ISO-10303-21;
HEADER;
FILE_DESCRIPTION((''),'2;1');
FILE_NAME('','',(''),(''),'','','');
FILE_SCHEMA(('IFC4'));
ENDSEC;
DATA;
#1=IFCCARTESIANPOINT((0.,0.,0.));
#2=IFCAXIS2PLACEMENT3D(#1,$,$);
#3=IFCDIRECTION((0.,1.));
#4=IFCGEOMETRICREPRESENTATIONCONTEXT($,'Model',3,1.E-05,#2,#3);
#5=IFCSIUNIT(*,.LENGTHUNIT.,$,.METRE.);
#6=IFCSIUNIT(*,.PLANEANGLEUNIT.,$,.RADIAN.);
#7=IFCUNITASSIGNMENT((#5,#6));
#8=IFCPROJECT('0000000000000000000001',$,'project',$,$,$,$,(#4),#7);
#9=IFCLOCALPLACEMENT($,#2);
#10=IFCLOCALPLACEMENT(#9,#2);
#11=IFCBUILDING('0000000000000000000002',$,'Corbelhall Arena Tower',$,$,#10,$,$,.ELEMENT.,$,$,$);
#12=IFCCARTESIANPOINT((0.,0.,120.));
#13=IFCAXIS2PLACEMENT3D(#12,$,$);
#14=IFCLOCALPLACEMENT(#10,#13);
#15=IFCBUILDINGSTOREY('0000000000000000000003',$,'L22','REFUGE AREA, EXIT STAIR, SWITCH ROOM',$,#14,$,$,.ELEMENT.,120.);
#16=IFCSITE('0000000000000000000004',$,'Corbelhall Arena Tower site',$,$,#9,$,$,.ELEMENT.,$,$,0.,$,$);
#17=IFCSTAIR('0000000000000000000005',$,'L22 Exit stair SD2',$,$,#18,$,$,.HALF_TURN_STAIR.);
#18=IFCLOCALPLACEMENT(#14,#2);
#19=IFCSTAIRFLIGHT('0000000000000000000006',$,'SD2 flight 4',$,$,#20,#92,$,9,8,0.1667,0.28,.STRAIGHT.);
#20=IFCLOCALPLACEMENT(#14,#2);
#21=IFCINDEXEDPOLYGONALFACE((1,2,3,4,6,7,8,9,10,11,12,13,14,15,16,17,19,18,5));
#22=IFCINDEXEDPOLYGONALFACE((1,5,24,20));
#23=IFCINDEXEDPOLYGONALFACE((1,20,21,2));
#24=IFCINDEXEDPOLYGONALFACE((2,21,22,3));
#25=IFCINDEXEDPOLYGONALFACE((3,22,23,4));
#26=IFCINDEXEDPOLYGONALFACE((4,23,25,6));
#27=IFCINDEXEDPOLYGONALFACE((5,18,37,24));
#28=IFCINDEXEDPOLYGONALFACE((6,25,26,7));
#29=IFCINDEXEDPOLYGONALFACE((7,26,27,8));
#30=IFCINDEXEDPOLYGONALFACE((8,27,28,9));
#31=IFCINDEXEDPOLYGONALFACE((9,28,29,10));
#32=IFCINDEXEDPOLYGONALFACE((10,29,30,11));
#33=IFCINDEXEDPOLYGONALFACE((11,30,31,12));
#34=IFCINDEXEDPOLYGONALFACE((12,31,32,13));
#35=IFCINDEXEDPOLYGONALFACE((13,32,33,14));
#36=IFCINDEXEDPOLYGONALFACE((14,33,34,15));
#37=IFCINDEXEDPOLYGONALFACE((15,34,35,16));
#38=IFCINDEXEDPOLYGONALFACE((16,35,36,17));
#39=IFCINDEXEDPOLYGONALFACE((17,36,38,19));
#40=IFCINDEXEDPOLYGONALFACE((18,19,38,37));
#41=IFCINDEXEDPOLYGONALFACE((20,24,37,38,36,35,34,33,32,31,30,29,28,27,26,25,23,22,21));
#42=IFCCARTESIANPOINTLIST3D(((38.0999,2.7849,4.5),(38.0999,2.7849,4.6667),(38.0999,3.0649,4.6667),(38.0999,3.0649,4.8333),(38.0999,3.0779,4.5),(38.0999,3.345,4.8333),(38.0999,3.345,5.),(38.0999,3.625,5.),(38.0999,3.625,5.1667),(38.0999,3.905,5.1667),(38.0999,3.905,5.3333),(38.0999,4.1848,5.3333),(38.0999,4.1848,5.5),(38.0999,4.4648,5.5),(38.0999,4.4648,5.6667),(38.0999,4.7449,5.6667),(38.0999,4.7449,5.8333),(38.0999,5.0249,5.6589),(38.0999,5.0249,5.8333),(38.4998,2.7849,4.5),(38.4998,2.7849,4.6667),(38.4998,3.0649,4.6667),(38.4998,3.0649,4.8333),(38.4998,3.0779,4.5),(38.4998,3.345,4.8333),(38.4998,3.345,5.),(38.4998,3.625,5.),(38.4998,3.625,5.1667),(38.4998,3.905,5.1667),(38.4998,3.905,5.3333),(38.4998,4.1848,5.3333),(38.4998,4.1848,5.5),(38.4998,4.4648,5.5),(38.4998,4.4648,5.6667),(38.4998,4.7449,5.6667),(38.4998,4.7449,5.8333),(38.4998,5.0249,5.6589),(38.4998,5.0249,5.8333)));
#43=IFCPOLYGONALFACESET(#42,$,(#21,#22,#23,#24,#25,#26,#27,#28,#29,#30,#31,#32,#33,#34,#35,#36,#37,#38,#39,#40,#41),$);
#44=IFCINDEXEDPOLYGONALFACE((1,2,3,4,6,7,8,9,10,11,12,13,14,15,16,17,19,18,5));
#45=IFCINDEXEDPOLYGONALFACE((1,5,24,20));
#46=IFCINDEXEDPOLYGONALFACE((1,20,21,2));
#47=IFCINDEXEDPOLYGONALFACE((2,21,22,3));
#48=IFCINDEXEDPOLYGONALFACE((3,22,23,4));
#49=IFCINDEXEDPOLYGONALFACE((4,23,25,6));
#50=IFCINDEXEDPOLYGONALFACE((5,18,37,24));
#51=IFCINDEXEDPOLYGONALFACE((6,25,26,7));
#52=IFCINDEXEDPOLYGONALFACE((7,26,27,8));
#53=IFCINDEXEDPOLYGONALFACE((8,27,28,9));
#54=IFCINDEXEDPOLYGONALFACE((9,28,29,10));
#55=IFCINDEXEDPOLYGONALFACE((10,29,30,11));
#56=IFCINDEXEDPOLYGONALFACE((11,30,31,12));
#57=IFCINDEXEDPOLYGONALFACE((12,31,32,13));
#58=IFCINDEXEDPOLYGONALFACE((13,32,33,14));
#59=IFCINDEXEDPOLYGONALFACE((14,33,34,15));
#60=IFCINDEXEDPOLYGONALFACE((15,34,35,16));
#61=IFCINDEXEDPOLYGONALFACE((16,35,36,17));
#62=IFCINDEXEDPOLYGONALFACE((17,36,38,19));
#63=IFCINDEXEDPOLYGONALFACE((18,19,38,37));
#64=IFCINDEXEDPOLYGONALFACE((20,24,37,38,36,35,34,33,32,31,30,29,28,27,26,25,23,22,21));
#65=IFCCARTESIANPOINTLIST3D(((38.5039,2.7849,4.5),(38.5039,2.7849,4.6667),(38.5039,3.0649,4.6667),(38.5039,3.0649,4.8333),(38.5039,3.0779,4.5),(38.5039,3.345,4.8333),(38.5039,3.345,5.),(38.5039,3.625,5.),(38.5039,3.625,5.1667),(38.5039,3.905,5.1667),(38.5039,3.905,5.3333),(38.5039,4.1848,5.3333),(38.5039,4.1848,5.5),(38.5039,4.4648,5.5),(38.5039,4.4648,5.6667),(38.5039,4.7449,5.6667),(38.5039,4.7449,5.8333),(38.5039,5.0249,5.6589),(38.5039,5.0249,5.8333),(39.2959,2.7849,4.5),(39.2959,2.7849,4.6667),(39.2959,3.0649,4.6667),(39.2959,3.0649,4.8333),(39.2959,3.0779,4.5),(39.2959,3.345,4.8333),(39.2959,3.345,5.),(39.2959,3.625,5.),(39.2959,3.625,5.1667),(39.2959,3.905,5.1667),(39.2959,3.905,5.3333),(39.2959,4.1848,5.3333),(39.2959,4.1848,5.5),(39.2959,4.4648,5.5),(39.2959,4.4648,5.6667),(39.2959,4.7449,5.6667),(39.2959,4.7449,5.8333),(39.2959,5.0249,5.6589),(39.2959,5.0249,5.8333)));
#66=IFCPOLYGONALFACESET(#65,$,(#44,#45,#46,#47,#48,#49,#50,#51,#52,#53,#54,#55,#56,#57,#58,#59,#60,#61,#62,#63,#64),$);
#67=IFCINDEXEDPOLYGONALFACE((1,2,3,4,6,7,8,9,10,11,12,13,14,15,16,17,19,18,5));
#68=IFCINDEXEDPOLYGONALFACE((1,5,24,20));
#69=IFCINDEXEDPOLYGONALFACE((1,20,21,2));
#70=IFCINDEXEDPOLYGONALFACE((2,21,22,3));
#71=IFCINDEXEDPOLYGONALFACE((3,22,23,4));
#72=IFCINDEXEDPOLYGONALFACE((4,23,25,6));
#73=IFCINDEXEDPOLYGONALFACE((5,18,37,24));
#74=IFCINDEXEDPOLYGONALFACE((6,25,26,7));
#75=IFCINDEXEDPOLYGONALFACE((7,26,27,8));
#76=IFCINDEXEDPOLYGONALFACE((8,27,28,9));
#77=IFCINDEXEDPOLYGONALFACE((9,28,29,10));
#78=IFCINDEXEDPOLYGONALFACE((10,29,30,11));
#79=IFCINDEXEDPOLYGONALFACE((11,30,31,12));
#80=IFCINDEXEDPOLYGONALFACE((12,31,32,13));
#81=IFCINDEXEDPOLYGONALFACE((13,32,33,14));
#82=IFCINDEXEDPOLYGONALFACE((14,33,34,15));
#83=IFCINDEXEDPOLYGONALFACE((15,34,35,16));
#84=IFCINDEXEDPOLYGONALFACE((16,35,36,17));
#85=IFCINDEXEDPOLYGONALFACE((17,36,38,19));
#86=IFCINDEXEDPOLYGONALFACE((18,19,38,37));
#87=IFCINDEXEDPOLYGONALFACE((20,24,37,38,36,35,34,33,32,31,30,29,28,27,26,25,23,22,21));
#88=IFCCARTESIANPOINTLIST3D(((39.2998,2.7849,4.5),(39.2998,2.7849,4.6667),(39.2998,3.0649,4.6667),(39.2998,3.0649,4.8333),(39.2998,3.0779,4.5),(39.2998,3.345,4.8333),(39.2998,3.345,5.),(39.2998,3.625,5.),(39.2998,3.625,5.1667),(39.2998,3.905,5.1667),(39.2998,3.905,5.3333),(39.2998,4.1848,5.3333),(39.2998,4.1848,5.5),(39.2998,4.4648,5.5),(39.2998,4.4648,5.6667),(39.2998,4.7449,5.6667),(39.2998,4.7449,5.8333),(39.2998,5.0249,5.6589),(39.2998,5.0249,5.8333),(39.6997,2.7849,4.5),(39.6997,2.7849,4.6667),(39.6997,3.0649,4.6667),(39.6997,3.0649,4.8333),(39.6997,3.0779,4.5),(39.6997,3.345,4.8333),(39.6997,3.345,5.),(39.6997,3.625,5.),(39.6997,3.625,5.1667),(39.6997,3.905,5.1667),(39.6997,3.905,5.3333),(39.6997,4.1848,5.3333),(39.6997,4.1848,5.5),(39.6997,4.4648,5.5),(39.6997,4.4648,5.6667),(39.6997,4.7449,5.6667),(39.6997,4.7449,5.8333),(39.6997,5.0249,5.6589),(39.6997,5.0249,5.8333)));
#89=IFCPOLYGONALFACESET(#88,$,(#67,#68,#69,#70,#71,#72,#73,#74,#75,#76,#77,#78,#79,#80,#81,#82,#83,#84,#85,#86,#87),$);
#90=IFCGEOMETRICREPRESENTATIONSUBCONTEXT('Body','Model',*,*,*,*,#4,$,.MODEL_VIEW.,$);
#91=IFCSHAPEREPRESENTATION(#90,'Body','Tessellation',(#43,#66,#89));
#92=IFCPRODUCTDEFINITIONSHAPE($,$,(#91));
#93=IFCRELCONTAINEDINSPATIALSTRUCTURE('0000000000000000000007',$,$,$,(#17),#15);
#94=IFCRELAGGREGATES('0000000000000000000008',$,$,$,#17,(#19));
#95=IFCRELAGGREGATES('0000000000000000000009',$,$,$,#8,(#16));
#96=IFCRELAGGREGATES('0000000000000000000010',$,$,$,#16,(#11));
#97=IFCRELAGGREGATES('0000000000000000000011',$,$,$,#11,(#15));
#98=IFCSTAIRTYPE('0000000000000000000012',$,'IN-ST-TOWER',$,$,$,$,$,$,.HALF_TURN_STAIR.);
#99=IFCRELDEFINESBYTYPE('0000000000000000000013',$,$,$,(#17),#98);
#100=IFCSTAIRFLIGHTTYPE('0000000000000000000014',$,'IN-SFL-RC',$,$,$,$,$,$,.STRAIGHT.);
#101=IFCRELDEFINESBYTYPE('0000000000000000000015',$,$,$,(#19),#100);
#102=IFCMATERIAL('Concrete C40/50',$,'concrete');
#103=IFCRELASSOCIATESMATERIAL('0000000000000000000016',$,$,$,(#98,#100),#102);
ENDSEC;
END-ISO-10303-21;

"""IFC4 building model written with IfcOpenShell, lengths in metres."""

from ifc_helpers import new_model, si_unit, direction, frame, origin, place, context, subcontext, project, spatial, polyline, outline, extrude, material, type_object, element, aggregate, save


model = new_model("IFC4")

# Units and contexts
model_context = context("Model", 3, precision=1e-05, world=origin(), true_north=direction((0.0, 1.0)))
body_context = subcontext(model_context, "Body", "Model", "MODEL_VIEW")
ifc_project = project(units=[si_unit("LENGTHUNIT", "METRE"), si_unit("PLANEANGLEUNIT", "RADIAN")], contexts=[model_context])

# Site, building, storey
site_placement = place(None, origin())
site = spatial("IfcSite", under=ifc_project, at=site_placement, Name="Corbelhall Arena Tower site", CompositionType="ELEMENT", RefElevation=0.0)
building_placement = place(site_placement, origin())
building = spatial("IfcBuilding", under=site, at=building_placement, Name="Corbelhall Arena Tower", CompositionType="ELEMENT")
storey_placement = place(building_placement, frame((0.0, 0.0, 120.0)))
storey = spatial("IfcBuildingStorey", under=building, at=storey_placement, Name="L22", Description="REFUGE AREA, EXIT STAIR, SWITCH ROOM", CompositionType="ELEMENT", Elevation=120.0)

# Shared definitions
ifc_material_1 = material(Name="Concrete C40/50", Category="concrete")

# Stair, stair flight
stair_type = type_object("IfcStairType", Name="IN-ST-TOWER", PredefinedType="HALF_TURN_STAIR", material=ifc_material_1)
stair_placement = place(storey_placement, origin())
stair = element("IfcStair", 1, at=stair_placement, inside=storey, type_object=stair_type, Name="L22 Exit stair SD2", PredefinedType="HALF_TURN_STAIR")
stair_flight_type = type_object("IfcStairFlightType", Name="IN-SFL-RC", PredefinedType="STRAIGHT", material=ifc_material_1)
stair_flight_1_placement = place(storey_placement, frame((38.8999, 2.7849, 4.5), z_axis=(0.0, 0.0, 1.0), x_axis=(0.0, 1.0, 0.0)))
stair_flight_1 = element("IfcStairFlight", 2, at=stair_flight_1_placement, type_object=stair_flight_type, Name="SD2 flight 4", NumberOfRisers=9, NumberOfTreads=8, PredefinedType="STRAIGHT", RiserHeight=0.1667, TreadLength=0.28, context=body_context, shape_type="SweptSolid", body=[
    extrude(outline(polyline([(0.0, 0.0), (0.0, 0.1667), (0.28, 0.1667), (0.28, 0.3333), (0.5601, 0.3333), (0.5601, 0.5), (0.8401, 0.5), (0.8401, 0.6667), (1.1201, 0.6667), (1.1201, 0.8333), (1.3999, 0.8333), (1.3999, 1.0), (1.6799, 1.0), (1.6799, 1.1667), (1.96, 1.1667), (1.96, 1.3333), (2.24, 1.3333), (2.24, 1.5), (2.24, 1.1589), (0.293, 0.0), (0.0, 0.0)])), frame((0.0, 0.8, 0.0), z_axis=(0.0, -1.0, 0.0), x_axis=(1.0, 0.0, 0.0)), (0.0, 0.0, 1.0), 0.3999),
    extrude(outline(polyline([(0.0, 0.0), (0.0, 0.1667), (0.28, 0.1667), (0.28, 0.3333), (0.5601, 0.3333), (0.5601, 0.5), (0.8401, 0.5), (0.8401, 0.6667), (1.1201, 0.6667), (1.1201, 0.8333), (1.3999, 0.8333), (1.3999, 1.0), (1.6799, 1.0), (1.6799, 1.1667), (1.96, 1.1667), (1.96, 1.3333), (2.24, 1.3333), (2.24, 1.5), (2.24, 1.1589), (0.293, 0.0), (0.0, 0.0)])), frame((0.0, 0.396, 0.0), z_axis=(0.0, -1.0, 0.0), x_axis=(1.0, 0.0, 0.0)), (0.0, 0.0, 1.0), 0.792),
    extrude(outline(polyline([(0.0, 0.0), (0.0, 0.1667), (0.28, 0.1667), (0.28, 0.3333), (0.5601, 0.3333), (0.5601, 0.5), (0.8401, 0.5), (0.8401, 0.6667), (1.1201, 0.6667), (1.1201, 0.8333), (1.3999, 0.8333), (1.3999, 1.0), (1.6799, 1.0), (1.6799, 1.1667), (1.96, 1.1667), (1.96, 1.3333), (2.24, 1.3333), (2.24, 1.5), (2.24, 1.1589), (0.293, 0.0), (0.0, 0.0)])), frame((0.0, -0.3999, 0.0), z_axis=(0.0, -1.0, 0.0), x_axis=(1.0, 0.0, 0.0)), (0.0, 0.0, 1.0), 0.3999),
])
aggregate(stair, [stair_flight_1])

save(model, "model.ifc")
